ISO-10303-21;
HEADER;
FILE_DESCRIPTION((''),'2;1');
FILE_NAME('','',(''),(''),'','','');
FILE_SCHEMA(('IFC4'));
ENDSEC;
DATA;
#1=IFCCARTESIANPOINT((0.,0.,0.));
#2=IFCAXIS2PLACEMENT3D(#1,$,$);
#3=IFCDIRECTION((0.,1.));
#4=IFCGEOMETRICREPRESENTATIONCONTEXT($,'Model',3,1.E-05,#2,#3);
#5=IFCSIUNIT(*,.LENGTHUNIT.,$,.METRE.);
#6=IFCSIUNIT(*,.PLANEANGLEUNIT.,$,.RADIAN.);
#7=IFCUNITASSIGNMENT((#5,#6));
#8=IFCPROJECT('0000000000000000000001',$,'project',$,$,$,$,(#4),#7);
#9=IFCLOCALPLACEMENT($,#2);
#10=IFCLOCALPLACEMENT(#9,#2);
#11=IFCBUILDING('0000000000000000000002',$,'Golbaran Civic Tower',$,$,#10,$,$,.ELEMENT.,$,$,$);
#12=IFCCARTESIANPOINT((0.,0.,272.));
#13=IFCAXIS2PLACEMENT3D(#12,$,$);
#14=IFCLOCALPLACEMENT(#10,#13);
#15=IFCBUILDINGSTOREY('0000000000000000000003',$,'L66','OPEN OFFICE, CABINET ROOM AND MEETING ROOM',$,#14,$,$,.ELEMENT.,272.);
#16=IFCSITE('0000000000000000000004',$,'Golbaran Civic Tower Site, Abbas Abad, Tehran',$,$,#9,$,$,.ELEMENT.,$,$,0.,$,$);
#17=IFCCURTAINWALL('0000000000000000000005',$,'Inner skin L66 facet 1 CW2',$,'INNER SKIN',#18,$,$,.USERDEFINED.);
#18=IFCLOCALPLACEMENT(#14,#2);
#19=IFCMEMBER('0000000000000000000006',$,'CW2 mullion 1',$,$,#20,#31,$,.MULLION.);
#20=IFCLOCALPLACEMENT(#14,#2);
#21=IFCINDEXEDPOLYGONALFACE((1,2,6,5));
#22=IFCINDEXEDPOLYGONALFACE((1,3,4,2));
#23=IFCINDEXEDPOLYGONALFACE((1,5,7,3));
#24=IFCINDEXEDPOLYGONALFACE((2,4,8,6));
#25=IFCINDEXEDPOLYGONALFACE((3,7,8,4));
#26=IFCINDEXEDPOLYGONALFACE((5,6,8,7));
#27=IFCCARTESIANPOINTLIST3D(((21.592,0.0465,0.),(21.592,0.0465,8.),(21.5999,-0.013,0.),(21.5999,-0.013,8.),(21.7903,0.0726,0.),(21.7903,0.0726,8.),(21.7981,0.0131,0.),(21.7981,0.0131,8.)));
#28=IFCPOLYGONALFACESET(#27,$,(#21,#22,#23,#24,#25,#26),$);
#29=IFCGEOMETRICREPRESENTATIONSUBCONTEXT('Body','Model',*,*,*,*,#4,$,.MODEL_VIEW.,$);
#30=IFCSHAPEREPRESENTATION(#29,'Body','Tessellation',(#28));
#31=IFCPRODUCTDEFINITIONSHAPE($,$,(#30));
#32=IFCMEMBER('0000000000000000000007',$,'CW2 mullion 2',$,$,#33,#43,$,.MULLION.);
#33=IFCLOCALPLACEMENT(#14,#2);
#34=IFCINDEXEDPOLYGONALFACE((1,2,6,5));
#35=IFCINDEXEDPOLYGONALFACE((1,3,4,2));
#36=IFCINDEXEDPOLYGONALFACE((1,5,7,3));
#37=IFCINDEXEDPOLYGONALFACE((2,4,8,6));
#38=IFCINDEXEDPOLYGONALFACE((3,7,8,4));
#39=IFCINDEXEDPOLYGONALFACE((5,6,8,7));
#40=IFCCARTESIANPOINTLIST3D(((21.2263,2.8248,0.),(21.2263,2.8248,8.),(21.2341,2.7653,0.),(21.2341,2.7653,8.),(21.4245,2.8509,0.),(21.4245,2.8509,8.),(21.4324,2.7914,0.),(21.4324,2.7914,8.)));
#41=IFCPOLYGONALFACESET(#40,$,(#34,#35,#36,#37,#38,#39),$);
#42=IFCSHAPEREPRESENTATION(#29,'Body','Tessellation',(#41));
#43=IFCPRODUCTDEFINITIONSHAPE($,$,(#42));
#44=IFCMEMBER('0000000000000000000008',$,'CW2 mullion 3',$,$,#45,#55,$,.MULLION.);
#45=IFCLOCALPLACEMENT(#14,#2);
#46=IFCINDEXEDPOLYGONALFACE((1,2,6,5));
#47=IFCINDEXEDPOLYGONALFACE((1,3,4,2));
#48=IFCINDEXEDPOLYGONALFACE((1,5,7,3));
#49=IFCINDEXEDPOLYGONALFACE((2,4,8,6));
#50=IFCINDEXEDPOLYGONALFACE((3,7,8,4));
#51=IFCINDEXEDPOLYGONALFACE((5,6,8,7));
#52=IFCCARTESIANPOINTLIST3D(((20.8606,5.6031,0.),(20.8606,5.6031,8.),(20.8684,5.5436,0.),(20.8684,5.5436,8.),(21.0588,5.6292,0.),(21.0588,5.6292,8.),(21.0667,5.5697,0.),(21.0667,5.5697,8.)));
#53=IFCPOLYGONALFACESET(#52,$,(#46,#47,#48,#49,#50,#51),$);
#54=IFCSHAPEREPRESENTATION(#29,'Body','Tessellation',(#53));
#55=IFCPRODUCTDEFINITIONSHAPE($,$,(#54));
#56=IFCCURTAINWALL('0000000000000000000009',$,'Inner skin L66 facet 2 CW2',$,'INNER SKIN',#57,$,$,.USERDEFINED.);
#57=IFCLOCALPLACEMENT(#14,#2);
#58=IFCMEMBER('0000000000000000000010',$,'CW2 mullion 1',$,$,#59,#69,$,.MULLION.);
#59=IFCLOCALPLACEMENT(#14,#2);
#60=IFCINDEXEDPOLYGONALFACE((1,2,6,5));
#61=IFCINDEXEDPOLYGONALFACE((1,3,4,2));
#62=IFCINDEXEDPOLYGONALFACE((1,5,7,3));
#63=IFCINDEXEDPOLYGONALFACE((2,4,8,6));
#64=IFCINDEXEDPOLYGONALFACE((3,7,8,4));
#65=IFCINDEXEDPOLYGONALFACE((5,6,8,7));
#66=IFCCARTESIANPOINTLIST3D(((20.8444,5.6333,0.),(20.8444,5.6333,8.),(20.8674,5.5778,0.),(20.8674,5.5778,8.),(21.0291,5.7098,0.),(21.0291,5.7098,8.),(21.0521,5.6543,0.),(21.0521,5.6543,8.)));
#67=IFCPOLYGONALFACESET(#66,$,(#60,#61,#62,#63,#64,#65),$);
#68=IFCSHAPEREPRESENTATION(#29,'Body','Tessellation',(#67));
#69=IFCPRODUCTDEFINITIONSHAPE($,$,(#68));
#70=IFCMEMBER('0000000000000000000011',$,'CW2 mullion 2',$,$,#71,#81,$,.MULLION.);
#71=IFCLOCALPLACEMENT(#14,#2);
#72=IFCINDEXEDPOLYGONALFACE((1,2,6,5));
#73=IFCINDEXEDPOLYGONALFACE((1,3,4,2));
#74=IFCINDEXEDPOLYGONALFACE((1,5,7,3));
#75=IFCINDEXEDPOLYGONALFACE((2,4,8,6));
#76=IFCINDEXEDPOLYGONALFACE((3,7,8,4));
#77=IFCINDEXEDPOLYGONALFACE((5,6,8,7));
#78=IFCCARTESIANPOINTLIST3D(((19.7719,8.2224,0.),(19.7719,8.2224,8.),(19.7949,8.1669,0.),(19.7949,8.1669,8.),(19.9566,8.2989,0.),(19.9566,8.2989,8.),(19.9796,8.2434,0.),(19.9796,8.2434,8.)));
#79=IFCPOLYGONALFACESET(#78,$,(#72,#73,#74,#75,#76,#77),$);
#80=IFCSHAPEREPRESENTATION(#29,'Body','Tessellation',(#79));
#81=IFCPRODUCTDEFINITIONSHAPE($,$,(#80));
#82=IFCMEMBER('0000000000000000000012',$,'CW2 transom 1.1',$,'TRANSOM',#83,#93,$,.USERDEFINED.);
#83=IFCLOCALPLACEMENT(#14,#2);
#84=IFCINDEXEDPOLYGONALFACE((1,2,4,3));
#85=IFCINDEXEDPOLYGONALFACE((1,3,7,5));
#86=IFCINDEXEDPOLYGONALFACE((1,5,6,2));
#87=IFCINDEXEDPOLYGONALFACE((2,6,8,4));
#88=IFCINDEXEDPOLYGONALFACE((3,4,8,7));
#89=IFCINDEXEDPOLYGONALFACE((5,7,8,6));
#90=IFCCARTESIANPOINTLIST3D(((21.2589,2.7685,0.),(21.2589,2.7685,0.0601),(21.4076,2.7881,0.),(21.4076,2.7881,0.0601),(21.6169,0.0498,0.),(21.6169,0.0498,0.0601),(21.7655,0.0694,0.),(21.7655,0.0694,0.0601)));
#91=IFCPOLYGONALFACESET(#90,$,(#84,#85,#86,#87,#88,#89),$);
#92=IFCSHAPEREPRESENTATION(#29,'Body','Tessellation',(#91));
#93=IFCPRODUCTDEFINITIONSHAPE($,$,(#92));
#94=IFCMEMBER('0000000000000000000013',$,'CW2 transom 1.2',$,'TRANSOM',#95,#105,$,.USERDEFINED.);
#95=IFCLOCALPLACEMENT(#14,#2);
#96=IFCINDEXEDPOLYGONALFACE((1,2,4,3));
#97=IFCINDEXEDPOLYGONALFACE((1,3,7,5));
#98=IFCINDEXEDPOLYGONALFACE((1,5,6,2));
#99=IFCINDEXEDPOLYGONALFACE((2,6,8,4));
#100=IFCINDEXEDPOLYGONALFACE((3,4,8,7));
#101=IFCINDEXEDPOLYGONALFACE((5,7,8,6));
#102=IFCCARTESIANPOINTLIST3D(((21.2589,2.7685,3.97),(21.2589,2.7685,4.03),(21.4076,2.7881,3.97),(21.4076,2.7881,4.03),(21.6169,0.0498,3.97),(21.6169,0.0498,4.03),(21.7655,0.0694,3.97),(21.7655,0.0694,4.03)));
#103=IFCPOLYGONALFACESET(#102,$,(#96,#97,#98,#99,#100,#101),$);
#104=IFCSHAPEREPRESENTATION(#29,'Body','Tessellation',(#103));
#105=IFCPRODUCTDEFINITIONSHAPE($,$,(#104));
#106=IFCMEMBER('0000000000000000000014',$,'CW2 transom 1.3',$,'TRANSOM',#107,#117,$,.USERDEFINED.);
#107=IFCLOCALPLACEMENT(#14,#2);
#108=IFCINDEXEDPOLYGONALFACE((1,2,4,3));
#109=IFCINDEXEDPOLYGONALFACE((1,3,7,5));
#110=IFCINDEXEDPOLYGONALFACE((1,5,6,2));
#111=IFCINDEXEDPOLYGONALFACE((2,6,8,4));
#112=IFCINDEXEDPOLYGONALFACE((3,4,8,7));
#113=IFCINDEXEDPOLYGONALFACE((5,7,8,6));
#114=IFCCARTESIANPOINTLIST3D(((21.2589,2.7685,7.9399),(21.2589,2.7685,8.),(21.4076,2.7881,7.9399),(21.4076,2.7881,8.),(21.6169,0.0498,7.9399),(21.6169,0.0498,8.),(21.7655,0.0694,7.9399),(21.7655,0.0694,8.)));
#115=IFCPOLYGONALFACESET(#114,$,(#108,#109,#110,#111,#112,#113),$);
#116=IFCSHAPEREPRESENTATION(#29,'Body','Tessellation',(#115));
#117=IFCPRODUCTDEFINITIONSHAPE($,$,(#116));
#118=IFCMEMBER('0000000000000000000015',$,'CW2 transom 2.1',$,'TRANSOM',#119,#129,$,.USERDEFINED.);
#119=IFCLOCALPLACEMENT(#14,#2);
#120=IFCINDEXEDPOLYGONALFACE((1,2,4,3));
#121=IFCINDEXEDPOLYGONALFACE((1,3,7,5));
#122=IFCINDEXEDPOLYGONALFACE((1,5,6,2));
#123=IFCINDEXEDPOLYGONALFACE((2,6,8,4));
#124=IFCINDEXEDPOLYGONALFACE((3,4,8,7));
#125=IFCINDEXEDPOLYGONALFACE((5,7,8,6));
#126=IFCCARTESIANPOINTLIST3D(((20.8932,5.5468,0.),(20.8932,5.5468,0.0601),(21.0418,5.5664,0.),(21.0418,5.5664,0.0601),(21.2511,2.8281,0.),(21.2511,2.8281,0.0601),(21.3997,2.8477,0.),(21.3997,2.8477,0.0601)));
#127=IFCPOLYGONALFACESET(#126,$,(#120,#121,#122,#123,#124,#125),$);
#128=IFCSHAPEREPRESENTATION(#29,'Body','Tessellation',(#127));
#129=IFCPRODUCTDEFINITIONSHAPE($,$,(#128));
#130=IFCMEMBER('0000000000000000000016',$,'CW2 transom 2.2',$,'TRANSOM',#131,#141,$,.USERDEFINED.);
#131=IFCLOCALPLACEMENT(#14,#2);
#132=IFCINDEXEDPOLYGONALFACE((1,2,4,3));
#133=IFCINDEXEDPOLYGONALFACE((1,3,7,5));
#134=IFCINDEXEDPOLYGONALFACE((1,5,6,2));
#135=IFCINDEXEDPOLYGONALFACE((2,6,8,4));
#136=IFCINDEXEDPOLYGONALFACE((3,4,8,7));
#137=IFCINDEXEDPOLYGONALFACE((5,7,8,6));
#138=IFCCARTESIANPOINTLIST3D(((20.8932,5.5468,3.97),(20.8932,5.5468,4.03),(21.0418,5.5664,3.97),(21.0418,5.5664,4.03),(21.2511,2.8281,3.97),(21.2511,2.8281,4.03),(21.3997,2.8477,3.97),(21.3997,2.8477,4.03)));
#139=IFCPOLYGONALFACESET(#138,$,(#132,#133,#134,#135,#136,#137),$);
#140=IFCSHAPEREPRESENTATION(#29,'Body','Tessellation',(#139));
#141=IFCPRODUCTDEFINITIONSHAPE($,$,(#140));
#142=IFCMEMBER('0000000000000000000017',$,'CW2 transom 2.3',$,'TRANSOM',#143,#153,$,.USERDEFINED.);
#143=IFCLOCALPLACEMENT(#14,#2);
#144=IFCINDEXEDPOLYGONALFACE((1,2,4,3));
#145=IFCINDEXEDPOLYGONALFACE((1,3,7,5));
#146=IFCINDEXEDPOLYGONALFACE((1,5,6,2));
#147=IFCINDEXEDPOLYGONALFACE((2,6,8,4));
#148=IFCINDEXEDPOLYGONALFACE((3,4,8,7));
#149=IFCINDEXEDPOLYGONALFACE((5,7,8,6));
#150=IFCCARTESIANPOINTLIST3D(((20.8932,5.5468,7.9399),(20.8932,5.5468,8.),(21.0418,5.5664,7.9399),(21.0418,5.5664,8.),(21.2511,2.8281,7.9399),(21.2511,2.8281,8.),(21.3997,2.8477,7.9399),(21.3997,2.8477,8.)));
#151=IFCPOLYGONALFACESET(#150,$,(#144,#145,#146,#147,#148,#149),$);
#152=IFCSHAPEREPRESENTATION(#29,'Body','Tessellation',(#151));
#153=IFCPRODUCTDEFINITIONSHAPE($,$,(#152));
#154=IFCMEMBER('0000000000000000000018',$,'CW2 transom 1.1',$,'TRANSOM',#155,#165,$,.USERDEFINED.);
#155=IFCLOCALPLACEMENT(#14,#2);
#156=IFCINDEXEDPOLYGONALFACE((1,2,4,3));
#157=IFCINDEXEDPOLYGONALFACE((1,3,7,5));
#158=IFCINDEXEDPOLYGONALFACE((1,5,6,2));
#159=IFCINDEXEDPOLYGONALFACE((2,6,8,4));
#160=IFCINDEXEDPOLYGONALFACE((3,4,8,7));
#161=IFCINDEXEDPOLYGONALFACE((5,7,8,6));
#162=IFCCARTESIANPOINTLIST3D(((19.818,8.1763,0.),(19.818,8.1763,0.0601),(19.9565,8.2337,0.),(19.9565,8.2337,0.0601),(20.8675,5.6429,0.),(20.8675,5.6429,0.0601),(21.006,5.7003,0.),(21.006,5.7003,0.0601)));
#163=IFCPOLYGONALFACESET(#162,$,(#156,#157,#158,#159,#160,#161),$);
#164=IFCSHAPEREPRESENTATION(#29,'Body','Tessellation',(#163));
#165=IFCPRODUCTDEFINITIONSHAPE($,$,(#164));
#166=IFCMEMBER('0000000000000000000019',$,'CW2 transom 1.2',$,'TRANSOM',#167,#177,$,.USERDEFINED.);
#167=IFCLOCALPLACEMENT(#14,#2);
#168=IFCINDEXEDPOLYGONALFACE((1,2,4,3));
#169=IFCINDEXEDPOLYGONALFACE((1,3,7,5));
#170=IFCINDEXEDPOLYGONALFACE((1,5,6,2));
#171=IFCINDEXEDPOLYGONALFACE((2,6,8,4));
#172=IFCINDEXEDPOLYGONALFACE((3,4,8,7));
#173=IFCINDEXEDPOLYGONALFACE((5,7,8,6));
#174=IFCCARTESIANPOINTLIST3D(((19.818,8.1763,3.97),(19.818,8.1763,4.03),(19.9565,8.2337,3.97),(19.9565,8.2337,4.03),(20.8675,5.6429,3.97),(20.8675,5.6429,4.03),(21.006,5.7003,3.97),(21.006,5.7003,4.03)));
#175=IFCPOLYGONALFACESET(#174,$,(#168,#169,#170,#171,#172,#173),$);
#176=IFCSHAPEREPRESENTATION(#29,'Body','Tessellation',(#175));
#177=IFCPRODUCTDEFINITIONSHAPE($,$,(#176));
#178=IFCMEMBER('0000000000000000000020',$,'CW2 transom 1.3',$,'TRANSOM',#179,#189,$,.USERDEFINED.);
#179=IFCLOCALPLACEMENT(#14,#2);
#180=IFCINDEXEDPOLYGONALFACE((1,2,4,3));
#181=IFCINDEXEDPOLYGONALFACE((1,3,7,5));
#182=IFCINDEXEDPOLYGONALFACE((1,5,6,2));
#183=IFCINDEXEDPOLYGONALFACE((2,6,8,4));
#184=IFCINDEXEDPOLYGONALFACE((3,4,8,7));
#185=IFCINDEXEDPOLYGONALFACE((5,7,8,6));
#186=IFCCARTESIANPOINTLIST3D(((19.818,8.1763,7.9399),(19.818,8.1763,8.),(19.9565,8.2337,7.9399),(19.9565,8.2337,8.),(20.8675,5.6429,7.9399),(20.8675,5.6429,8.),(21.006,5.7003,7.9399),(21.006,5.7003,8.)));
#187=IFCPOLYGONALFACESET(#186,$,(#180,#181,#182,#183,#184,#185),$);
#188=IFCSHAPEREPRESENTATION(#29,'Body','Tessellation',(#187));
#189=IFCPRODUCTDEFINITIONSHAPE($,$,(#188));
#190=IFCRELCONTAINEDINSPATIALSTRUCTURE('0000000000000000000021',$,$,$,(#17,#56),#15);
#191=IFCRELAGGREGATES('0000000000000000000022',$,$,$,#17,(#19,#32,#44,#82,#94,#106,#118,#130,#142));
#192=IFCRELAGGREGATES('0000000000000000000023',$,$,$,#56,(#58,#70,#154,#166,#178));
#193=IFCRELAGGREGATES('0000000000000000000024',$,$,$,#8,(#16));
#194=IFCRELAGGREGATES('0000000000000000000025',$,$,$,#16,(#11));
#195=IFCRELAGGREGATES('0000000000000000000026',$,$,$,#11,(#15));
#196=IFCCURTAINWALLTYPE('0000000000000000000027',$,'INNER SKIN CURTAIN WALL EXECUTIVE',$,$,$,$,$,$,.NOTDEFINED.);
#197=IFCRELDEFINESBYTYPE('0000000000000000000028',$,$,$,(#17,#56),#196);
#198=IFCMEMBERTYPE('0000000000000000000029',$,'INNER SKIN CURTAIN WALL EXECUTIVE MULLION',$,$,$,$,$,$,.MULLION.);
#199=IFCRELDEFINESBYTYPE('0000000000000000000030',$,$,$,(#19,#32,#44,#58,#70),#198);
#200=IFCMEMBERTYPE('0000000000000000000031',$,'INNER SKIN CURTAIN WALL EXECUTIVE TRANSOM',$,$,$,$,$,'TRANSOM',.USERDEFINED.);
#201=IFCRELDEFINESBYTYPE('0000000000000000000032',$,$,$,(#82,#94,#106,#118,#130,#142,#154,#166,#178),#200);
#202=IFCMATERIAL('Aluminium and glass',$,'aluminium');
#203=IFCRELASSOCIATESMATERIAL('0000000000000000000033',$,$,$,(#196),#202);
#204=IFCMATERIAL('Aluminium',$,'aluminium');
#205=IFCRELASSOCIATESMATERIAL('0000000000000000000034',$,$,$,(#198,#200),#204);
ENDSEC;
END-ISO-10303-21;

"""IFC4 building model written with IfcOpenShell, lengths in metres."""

from ifc_helpers import new_model, si_unit, direction, frame, origin, origin_2d, place, context, subcontext, project, spatial, rectangle, extrude, material, material_profile, profile_set, type_object, element, aggregate, save


model = new_model("IFC4")

# Units and contexts
model_context = context("Model", 3, precision=1e-05, world=origin(), true_north=direction((0.0, 1.0)))
body_context = subcontext(model_context, "Body", "Model", "MODEL_VIEW")
ifc_project = project(units=[si_unit("LENGTHUNIT", "METRE"), si_unit("PLANEANGLEUNIT", "RADIAN")], contexts=[model_context])

# Site, building, storey
site_placement = place(None, origin())
site = spatial("IfcSite", under=ifc_project, at=site_placement, Name="Golbaran Civic Tower Site, Abbas Abad, Tehran", CompositionType="ELEMENT", RefElevation=0.0)
building_placement = place(site_placement, origin())
building = spatial("IfcBuilding", under=site, at=building_placement, Name="Golbaran Civic Tower", CompositionType="ELEMENT")
storey_placement = place(building_placement, frame((0.0, 0.0, 272.0)))
storey = spatial("IfcBuildingStorey", under=building, at=storey_placement, Name="L66", Description="OPEN OFFICE, CABINET ROOM AND MEETING ROOM", CompositionType="ELEMENT", Elevation=272.0)

# Curtain walls, members
ifc_material_1 = material(Name="Aluminium and glass", Category="aluminium")
curtain_wall_type = type_object("IfcCurtainWallType", Name="INNER SKIN CURTAIN WALL EXECUTIVE", PredefinedType="NOTDEFINED", material=ifc_material_1)
curtain_wall_1_placement = place(storey_placement, origin())
curtain_wall_1 = element("IfcCurtainWall", 1, at=curtain_wall_1_placement, inside=storey, type_object=curtain_wall_type, Name="Inner skin L66 facet 1 CW2", ObjectType="INNER SKIN", PredefinedType="USERDEFINED")
ifc_material_2 = material(Name="Aluminium", Category="aluminium")
ifc_material_profile_1 = material_profile(ifc_material_2, rectangle(XDim=0.2, YDim=0.0601, at=origin_2d()), Name="INNER SKIN CURTAIN WALL EXECUTIVE MULLION")
ifc_profile_set_1 = profile_set([ifc_material_profile_1], Name="Aluminium")
member_type_1 = type_object("IfcMemberType", Name="INNER SKIN CURTAIN WALL EXECUTIVE MULLION", PredefinedType="MULLION", material=ifc_profile_set_1)
member_1_placement = place(storey_placement, frame((21.6951, 0.0298, 0.0), z_axis=(0.0, 0.0, 1.0), x_axis=(-0.991445, -0.130526, 0.0)))
member_1 = element("IfcMember", 2, at=member_1_placement, type_object=member_type_1, Name="CW2 mullion 1", PredefinedType="MULLION", context=body_context, shape_type="SweptSolid", body=[
    extrude(rectangle(XDim=0.2, YDim=0.0601, at=origin_2d()), origin(), (0.0, 0.0, 1.0), 8.0),
])
member_2_placement = place(storey_placement, frame((21.3293, 2.8081, 0.0), z_axis=(0.0, 0.0, 1.0), x_axis=(-0.991445, -0.130526, 0.0)))
member_2 = element("IfcMember", 3, at=member_2_placement, type_object=member_type_1, Name="CW2 mullion 2", PredefinedType="MULLION", context=body_context, shape_type="SweptSolid", body=[
    extrude(rectangle(XDim=0.2, YDim=0.0601, at=origin_2d()), origin(), (0.0, 0.0, 1.0), 8.0),
])
member_3_placement = place(storey_placement, frame((20.9636, 5.5864, 0.0), z_axis=(0.0, 0.0, 1.0), x_axis=(-0.991445, -0.130526, 0.0)))
member_3 = element("IfcMember", 4, at=member_3_placement, type_object=member_type_1, Name="CW2 mullion 3", PredefinedType="MULLION", context=body_context, shape_type="SweptSolid", body=[
    extrude(rectangle(XDim=0.2, YDim=0.0601, at=origin_2d()), origin(), (0.0, 0.0, 1.0), 8.0),
])
curtain_wall_2_placement = place(storey_placement, origin())
curtain_wall_2 = element("IfcCurtainWall", 5, at=curtain_wall_2_placement, inside=storey, type_object=curtain_wall_type, Name="Inner skin L66 facet 2 CW2", ObjectType="INNER SKIN", PredefinedType="USERDEFINED")
member_4_placement = place(storey_placement, frame((20.9482, 5.6438, 0.0), z_axis=(0.0, 0.0, 1.0), x_axis=(-0.92388, -0.382683, 0.0)))
member_4 = element("IfcMember", 6, at=member_4_placement, type_object=member_type_1, Name="CW2 mullion 1", PredefinedType="MULLION", context=body_context, shape_type="SweptSolid", body=[
    extrude(rectangle(XDim=0.2, YDim=0.0601, at=origin_2d()), origin(), (0.0, 0.0, 1.0), 8.0),
])
member_5_placement = place(storey_placement, frame((19.8757, 8.2329, 0.0), z_axis=(0.0, 0.0, 1.0), x_axis=(-0.92388, -0.382683, 0.0)))
member_5 = element("IfcMember", 7, at=member_5_placement, type_object=member_type_1, Name="CW2 mullion 2", PredefinedType="MULLION", context=body_context, shape_type="SweptSolid", body=[
    extrude(rectangle(XDim=0.2, YDim=0.0601, at=origin_2d()), origin(), (0.0, 0.0, 1.0), 8.0),
])

# Members
ifc_material_profile_2 = material_profile(ifc_material_2, rectangle(XDim=0.1499, YDim=0.0601, at=origin_2d()), Name="INNER SKIN CURTAIN WALL EXECUTIVE TRANSOM")
ifc_profile_set_2 = profile_set([ifc_material_profile_2], Name="Aluminium")
member_type_2 = type_object("IfcMemberType", Name="INNER SKIN CURTAIN WALL EXECUTIVE TRANSOM", ElementType="TRANSOM", PredefinedType="USERDEFINED", material=ifc_profile_set_2)
member_6_placement = place(storey_placement, frame((21.6912, 0.0596, 0.03), z_axis=(-0.130519, 0.991446, 0.0), x_axis=(-0.991446, -0.130519, 0.0)))
member_6 = element("IfcMember", 8, at=member_6_placement, type_object=member_type_2, Name="CW2 transom 1.1", ObjectType="TRANSOM", PredefinedType="USERDEFINED", context=body_context, shape_type="SweptSolid", body=[
    extrude(rectangle(XDim=0.1499, YDim=0.0601, at=origin_2d()), origin(), (0.0, 0.0, 1.0), 2.7422),
])
member_7_placement = place(storey_placement, frame((21.6912, 0.0596, 4.0), z_axis=(-0.130519, 0.991446, 0.0), x_axis=(-0.991446, -0.130519, 0.0)))
member_7 = element("IfcMember", 9, at=member_7_placement, type_object=member_type_2, Name="CW2 transom 1.2", ObjectType="TRANSOM", PredefinedType="USERDEFINED", context=body_context, shape_type="SweptSolid", body=[
    extrude(rectangle(XDim=0.1499, YDim=0.0601, at=origin_2d()), origin(), (0.0, 0.0, 1.0), 2.7422),
])
member_8_placement = place(storey_placement, frame((21.6912, 0.0596, 7.97), z_axis=(-0.130519, 0.991446, 0.0), x_axis=(-0.991446, -0.130519, 0.0)))
member_8 = element("IfcMember", 10, at=member_8_placement, type_object=member_type_2, Name="CW2 transom 1.3", ObjectType="TRANSOM", PredefinedType="USERDEFINED", context=body_context, shape_type="SweptSolid", body=[
    extrude(rectangle(XDim=0.1499, YDim=0.0601, at=origin_2d()), origin(), (0.0, 0.0, 1.0), 2.7422),
])
member_9_placement = place(storey_placement, frame((21.3254, 2.8379, 0.03), z_axis=(-0.130519, 0.991446, 0.0), x_axis=(-0.991446, -0.130519, 0.0)))
member_9 = element("IfcMember", 11, at=member_9_placement, type_object=member_type_2, Name="CW2 transom 2.1", ObjectType="TRANSOM", PredefinedType="USERDEFINED", context=body_context, shape_type="SweptSolid", body=[
    extrude(rectangle(XDim=0.1499, YDim=0.0601, at=origin_2d()), origin(), (0.0, 0.0, 1.0), 2.7422),
])
member_10_placement = place(storey_placement, frame((21.3254, 2.8379, 4.0), z_axis=(-0.130519, 0.991446, 0.0), x_axis=(-0.991446, -0.130519, 0.0)))
member_10 = element("IfcMember", 12, at=member_10_placement, type_object=member_type_2, Name="CW2 transom 2.2", ObjectType="TRANSOM", PredefinedType="USERDEFINED", context=body_context, shape_type="SweptSolid", body=[
    extrude(rectangle(XDim=0.1499, YDim=0.0601, at=origin_2d()), origin(), (0.0, 0.0, 1.0), 2.7422),
])
member_11_placement = place(storey_placement, frame((21.3254, 2.8379, 7.97), z_axis=(-0.130519, 0.991446, 0.0), x_axis=(-0.991446, -0.130519, 0.0)))
member_11 = element("IfcMember", 13, at=member_11_placement, type_object=member_type_2, Name="CW2 transom 2.3", ObjectType="TRANSOM", PredefinedType="USERDEFINED", context=body_context, shape_type="SweptSolid", body=[
    extrude(rectangle(XDim=0.1499, YDim=0.0601, at=origin_2d()), origin(), (0.0, 0.0, 1.0), 2.7422),
])
member_12_placement = place(storey_placement, frame((20.9368, 5.6716, 0.03), z_axis=(-0.382737, 0.923857, 0.0), x_axis=(-0.923857, -0.382737, 0.0)))
member_12 = element("IfcMember", 14, at=member_12_placement, type_object=member_type_2, Name="CW2 transom 1.1", ObjectType="TRANSOM", PredefinedType="USERDEFINED", context=body_context, shape_type="SweptSolid", body=[
    extrude(rectangle(XDim=0.1499, YDim=0.0601, at=origin_2d()), origin(), (0.0, 0.0, 1.0), 2.7422),
])
member_13_placement = place(storey_placement, frame((20.9368, 5.6716, 4.0), z_axis=(-0.382737, 0.923857, 0.0), x_axis=(-0.923857, -0.382737, 0.0)))
member_13 = element("IfcMember", 15, at=member_13_placement, type_object=member_type_2, Name="CW2 transom 1.2", ObjectType="TRANSOM", PredefinedType="USERDEFINED", context=body_context, shape_type="SweptSolid", body=[
    extrude(rectangle(XDim=0.1499, YDim=0.0601, at=origin_2d()), origin(), (0.0, 0.0, 1.0), 2.7422),
])
member_14_placement = place(storey_placement, frame((20.9368, 5.6716, 7.97), z_axis=(-0.382737, 0.923857, 0.0), x_axis=(-0.923857, -0.382737, 0.0)))
member_14 = element("IfcMember", 16, at=member_14_placement, type_object=member_type_2, Name="CW2 transom 1.3", ObjectType="TRANSOM", PredefinedType="USERDEFINED", context=body_context, shape_type="SweptSolid", body=[
    extrude(rectangle(XDim=0.1499, YDim=0.0601, at=origin_2d()), origin(), (0.0, 0.0, 1.0), 2.7422),
])

aggregate(curtain_wall_1, [member_1, member_2, member_3, member_6, member_7, member_8, member_9, member_10, member_11])
aggregate(curtain_wall_2, [member_4, member_5, member_12, member_13, member_14])

save(model, "model.ifc")
